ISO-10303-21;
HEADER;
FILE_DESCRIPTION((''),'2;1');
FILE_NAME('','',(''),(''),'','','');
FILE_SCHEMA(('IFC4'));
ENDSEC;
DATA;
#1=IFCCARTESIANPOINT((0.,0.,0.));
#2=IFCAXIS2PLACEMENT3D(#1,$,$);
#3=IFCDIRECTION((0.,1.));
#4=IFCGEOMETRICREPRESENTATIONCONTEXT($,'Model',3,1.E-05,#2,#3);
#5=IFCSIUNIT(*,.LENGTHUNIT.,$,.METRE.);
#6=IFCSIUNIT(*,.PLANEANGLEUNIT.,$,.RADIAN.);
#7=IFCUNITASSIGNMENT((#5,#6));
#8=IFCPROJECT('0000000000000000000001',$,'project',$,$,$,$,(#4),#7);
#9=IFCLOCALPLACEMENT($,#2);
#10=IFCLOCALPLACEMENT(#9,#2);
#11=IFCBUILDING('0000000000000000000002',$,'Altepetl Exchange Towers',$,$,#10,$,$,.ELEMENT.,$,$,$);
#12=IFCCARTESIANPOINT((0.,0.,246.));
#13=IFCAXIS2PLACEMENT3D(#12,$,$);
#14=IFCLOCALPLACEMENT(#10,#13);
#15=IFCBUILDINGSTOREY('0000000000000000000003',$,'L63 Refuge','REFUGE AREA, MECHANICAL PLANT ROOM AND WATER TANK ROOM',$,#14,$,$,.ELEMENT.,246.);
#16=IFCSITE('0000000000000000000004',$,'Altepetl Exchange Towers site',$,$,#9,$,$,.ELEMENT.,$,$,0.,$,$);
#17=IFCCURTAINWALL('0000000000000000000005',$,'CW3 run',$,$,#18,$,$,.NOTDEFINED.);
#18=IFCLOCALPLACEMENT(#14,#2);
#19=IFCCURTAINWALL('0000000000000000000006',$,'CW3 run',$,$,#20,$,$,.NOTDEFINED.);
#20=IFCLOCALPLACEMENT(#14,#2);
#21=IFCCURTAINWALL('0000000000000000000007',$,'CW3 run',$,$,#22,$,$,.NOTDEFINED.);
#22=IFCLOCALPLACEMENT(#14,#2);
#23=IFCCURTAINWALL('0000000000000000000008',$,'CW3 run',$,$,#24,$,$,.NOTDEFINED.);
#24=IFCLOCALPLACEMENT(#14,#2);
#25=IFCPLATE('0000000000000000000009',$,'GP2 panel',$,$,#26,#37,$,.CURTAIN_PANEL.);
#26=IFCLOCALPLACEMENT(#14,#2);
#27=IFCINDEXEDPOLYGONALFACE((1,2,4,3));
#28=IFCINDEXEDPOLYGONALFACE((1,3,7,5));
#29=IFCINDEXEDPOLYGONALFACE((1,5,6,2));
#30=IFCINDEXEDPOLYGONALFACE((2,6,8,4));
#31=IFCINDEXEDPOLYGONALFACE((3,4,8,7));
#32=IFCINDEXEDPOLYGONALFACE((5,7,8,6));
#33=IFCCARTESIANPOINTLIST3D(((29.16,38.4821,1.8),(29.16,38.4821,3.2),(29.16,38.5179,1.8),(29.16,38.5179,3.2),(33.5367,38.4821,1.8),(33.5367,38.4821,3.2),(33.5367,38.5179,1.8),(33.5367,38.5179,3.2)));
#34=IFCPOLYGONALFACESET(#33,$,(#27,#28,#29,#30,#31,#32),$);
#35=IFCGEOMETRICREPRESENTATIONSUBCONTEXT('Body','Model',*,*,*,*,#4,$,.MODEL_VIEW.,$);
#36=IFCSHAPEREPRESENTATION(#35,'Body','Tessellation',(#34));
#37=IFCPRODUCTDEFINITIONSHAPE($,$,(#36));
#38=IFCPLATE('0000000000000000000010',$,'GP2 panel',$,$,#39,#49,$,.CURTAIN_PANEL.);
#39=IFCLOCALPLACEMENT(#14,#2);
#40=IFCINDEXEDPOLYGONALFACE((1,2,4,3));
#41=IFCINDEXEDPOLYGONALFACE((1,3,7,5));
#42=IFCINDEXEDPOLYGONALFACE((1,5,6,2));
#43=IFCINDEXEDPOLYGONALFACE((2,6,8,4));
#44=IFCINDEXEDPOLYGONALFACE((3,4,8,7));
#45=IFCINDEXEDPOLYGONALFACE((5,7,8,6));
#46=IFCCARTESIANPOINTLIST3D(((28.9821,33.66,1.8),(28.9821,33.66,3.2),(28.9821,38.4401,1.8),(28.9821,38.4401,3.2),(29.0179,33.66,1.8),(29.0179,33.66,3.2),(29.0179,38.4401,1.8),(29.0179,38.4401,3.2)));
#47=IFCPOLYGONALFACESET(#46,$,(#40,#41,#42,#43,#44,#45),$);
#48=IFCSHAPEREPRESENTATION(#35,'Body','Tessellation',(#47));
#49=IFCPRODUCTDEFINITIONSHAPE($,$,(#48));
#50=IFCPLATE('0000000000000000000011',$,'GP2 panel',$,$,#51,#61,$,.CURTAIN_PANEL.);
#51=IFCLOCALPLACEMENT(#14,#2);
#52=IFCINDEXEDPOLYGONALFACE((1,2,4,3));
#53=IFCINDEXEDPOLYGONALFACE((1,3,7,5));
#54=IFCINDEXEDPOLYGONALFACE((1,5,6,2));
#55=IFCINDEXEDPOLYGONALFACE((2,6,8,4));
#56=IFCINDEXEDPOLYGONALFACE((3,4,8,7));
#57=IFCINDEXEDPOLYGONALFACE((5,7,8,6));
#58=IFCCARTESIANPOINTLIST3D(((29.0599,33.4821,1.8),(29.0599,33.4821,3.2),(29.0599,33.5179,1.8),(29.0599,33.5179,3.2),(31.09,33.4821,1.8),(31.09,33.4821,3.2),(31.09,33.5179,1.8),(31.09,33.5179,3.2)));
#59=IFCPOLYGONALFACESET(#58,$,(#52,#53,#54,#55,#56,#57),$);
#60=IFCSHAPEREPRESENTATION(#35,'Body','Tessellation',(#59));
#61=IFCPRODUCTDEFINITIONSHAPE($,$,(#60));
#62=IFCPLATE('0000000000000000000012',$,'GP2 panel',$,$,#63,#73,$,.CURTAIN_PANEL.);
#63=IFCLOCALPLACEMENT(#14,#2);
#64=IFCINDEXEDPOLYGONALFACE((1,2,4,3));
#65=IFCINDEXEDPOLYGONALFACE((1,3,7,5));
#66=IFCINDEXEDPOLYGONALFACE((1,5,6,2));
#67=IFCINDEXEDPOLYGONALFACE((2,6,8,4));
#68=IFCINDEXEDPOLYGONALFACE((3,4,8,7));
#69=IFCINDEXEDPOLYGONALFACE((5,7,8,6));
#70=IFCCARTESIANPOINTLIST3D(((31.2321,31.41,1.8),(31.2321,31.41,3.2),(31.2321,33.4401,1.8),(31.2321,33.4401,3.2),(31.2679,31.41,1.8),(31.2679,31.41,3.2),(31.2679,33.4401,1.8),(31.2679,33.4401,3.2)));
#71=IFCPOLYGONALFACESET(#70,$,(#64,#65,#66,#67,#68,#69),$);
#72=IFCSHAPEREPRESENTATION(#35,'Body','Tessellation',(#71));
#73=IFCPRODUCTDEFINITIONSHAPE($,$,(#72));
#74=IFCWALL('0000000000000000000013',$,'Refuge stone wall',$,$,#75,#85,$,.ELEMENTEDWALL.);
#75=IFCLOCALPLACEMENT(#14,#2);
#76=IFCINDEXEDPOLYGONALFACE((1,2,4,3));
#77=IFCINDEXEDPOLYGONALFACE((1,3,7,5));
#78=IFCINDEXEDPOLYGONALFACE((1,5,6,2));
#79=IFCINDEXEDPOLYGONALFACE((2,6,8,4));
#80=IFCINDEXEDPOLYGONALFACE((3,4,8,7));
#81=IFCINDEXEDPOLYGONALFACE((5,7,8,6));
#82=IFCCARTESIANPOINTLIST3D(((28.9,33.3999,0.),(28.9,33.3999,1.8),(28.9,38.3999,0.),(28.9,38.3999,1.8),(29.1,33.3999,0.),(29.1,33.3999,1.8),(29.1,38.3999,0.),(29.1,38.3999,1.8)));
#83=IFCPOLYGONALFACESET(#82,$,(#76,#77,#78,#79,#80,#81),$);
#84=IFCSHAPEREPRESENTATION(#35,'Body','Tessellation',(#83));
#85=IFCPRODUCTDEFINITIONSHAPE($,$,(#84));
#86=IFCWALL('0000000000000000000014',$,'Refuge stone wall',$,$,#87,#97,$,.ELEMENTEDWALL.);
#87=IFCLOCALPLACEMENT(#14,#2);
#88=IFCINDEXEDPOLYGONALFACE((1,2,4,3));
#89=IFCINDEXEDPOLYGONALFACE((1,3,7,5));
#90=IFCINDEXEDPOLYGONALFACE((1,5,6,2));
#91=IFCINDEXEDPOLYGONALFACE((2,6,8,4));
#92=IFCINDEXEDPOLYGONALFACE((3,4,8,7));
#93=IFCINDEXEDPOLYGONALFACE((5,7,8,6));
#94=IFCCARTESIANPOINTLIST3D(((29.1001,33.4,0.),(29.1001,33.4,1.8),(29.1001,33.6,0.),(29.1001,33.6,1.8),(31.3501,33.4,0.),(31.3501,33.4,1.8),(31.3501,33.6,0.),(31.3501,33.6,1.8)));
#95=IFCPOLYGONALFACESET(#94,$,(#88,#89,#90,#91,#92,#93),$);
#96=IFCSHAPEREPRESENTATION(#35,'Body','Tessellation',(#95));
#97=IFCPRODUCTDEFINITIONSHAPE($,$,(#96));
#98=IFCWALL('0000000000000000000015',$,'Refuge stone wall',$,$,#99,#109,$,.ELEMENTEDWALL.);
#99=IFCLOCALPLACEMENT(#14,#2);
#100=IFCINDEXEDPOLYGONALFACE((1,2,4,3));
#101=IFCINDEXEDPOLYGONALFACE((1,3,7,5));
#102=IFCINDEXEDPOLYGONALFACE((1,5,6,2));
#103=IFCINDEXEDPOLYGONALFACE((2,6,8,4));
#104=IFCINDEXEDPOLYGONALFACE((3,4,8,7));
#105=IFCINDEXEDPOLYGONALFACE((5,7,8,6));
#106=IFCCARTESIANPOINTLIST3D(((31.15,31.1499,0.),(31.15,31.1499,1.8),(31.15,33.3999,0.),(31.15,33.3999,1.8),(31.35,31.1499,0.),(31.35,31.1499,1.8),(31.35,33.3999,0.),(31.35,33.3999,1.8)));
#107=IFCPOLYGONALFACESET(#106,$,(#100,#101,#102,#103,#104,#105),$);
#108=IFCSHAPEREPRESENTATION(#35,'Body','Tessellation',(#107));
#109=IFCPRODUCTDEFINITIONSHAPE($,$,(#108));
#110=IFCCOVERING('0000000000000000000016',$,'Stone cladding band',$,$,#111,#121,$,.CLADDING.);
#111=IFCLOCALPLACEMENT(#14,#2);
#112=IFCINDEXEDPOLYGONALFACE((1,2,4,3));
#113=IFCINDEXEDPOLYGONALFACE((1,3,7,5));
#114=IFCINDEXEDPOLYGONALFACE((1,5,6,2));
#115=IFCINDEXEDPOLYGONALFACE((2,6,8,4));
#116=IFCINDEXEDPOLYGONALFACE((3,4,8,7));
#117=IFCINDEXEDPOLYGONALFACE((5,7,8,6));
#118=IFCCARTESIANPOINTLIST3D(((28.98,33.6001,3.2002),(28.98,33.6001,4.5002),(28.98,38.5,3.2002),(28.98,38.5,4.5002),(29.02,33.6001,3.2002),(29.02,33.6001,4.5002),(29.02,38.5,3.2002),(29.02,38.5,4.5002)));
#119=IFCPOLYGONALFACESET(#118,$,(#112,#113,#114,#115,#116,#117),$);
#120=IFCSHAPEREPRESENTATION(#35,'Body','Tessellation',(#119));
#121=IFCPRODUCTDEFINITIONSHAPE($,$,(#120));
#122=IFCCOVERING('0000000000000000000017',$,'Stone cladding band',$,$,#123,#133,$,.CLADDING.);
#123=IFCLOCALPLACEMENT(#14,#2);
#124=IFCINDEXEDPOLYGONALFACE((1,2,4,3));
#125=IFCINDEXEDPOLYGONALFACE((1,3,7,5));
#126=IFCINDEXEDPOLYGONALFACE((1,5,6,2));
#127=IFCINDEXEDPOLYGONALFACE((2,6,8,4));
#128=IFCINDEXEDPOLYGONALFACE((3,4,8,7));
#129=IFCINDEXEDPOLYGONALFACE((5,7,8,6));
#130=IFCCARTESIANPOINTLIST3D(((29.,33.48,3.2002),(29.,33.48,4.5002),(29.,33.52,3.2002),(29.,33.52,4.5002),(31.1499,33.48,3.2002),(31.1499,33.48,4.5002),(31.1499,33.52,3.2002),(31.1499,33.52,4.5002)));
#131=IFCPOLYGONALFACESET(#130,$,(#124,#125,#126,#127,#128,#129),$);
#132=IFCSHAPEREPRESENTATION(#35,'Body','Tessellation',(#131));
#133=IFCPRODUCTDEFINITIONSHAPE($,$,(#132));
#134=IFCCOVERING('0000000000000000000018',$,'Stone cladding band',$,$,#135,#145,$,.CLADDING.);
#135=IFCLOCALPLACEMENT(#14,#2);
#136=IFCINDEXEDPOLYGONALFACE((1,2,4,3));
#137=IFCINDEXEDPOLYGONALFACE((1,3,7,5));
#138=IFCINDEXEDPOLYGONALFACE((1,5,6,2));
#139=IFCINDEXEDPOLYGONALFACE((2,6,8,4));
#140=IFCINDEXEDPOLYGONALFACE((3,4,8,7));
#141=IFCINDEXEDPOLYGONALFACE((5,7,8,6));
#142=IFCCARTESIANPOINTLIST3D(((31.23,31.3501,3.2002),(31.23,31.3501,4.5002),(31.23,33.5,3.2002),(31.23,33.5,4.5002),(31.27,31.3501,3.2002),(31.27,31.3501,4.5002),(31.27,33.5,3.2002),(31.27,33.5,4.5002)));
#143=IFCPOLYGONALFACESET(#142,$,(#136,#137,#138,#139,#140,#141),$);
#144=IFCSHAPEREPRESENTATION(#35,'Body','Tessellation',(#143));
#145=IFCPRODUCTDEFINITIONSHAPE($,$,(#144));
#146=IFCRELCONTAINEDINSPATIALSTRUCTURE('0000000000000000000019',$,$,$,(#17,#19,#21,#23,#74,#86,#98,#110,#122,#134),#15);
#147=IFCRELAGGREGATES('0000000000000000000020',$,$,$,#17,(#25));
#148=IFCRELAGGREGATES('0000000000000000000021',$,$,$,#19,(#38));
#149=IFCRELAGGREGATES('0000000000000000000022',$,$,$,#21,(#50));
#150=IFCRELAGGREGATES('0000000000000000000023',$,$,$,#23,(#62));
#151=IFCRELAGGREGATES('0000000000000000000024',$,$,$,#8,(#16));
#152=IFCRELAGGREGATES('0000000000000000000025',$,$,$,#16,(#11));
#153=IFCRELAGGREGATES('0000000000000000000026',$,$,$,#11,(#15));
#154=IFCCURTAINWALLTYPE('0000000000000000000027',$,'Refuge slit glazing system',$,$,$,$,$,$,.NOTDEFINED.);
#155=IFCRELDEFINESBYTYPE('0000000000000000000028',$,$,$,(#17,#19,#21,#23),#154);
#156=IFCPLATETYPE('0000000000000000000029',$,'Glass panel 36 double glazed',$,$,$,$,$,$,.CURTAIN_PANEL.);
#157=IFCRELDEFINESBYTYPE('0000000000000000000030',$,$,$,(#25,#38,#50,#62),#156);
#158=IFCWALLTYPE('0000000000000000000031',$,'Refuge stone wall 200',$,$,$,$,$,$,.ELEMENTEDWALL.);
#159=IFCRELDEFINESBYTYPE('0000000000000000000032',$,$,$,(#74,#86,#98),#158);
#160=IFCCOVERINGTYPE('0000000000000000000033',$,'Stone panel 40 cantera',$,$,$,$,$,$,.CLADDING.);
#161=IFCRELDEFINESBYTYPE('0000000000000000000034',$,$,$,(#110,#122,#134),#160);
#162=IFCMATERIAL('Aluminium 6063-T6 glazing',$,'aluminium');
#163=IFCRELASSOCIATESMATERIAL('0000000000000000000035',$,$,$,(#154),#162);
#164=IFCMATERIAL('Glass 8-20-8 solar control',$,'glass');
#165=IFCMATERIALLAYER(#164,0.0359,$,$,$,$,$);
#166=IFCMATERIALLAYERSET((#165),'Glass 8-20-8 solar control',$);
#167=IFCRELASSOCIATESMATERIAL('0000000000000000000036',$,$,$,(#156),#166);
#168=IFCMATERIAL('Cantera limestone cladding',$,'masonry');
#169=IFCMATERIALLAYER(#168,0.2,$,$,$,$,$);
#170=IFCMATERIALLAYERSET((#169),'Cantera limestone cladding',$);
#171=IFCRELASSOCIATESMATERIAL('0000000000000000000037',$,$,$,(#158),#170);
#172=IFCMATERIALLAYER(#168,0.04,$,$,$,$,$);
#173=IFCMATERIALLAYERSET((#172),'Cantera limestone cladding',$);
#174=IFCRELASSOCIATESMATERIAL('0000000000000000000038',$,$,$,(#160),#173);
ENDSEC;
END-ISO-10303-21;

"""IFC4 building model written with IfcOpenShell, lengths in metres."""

from ifc_helpers import new_model, si_unit, direction, frame, frame_2d, origin, origin_2d, place, context, subcontext, project, spatial, rectangle, extrude, material, layer, layer_set, type_object, element, aggregate, save


model = new_model("IFC4")

# Units and contexts
model_context = context("Model", 3, precision=1e-05, world=origin(), true_north=direction((0.0, 1.0)))
body_context = subcontext(model_context, "Body", "Model", "MODEL_VIEW")
ifc_project = project(units=[si_unit("LENGTHUNIT", "METRE"), si_unit("PLANEANGLEUNIT", "RADIAN")], contexts=[model_context])

# Site, building, storey
site_placement = place(None, origin())
site = spatial("IfcSite", under=ifc_project, at=site_placement, Name="Altepetl Exchange Towers site", CompositionType="ELEMENT", RefElevation=0.0)
building_placement = place(site_placement, origin())
building = spatial("IfcBuilding", under=site, at=building_placement, Name="Altepetl Exchange Towers", CompositionType="ELEMENT")
storey_placement = place(building_placement, frame((0.0, 0.0, 246.0)))
storey = spatial("IfcBuildingStorey", under=building, at=storey_placement, Name="L63 Refuge", Description="REFUGE AREA, MECHANICAL PLANT ROOM AND WATER TANK ROOM", CompositionType="ELEMENT", Elevation=246.0)

# Curtain wall
ifc_material_1 = material(Name="Aluminium 6063-T6 glazing", Category="aluminium")
curtain_wall_type = type_object("IfcCurtainWallType", Name="Refuge slit glazing system", PredefinedType="NOTDEFINED", material=ifc_material_1)
curtain_wall_1_placement = place(storey_placement, origin())
curtain_wall_1 = element("IfcCurtainWall", 1, at=curtain_wall_1_placement, inside=storey, type_object=curtain_wall_type, Name="CW3 run", PredefinedType="NOTDEFINED")

# Curtain walls
curtain_wall_2_placement = place(storey_placement, origin())
curtain_wall_2 = element("IfcCurtainWall", 2, at=curtain_wall_2_placement, inside=storey, type_object=curtain_wall_type, Name="CW3 run", PredefinedType="NOTDEFINED")
curtain_wall_3_placement = place(storey_placement, origin())
curtain_wall_3 = element("IfcCurtainWall", 3, at=curtain_wall_3_placement, inside=storey, type_object=curtain_wall_type, Name="CW3 run", PredefinedType="NOTDEFINED")
curtain_wall_4_placement = place(storey_placement, origin())
curtain_wall_4 = element("IfcCurtainWall", 4, at=curtain_wall_4_placement, inside=storey, type_object=curtain_wall_type, Name="CW3 run", PredefinedType="NOTDEFINED")

# Plates
ifc_material_2 = material(Name="Glass 8-20-8 solar control", Category="glass")
ifc_layer_1 = layer(ifc_material_2, 0.0359)
ifc_layer_set_1 = layer_set([ifc_layer_1], Name="Glass 8-20-8 solar control")
plate_type = type_object("IfcPlateType", Name="Glass panel 36 double glazed", PredefinedType="CURTAIN_PANEL", material=ifc_layer_set_1)
plate_1_placement = place(storey_placement, frame((31.3484, 38.5, 1.8), z_axis=(0.0, 0.0, 1.0), x_axis=(-1.0, 0.0, 0.0)))
plate_1 = element("IfcPlate", 5, at=plate_1_placement, type_object=plate_type, Name="GP2 panel", PredefinedType="CURTAIN_PANEL", context=body_context, shape_type="SweptSolid", body=[
    extrude(rectangle(XDim=4.3767, YDim=0.0359, at=origin_2d()), origin(), (0.0, 0.0, 1.0), 1.3999),
])
aggregate(curtain_wall_1, [plate_1])
plate_2_placement = place(storey_placement, frame((29.0, 36.05, 1.8), z_axis=(0.0, 0.0, 1.0), x_axis=(0.0, -1.0, 0.0)))
plate_2 = element("IfcPlate", 6, at=plate_2_placement, type_object=plate_type, Name="GP2 panel", PredefinedType="CURTAIN_PANEL", context=body_context, shape_type="SweptSolid", body=[
    extrude(rectangle(XDim=4.78, YDim=0.0359, at=origin_2d()), origin(), (0.0, 0.0, 1.0), 1.3999),
])
aggregate(curtain_wall_2, [plate_2])
plate_3_placement = place(storey_placement, frame((30.075, 33.5, 1.8)))
plate_3 = element("IfcPlate", 7, at=plate_3_placement, type_object=plate_type, Name="GP2 panel", PredefinedType="CURTAIN_PANEL", context=body_context, shape_type="SweptSolid", body=[
    extrude(rectangle(XDim=2.03, YDim=0.0359, at=origin_2d()), origin(), (0.0, 0.0, 1.0), 1.3999),
])
aggregate(curtain_wall_3, [plate_3])
plate_4_placement = place(storey_placement, frame((31.25, 32.425, 1.8), z_axis=(0.0, 0.0, 1.0), x_axis=(0.0, -1.0, 0.0)))
plate_4 = element("IfcPlate", 8, at=plate_4_placement, type_object=plate_type, Name="GP2 panel", PredefinedType="CURTAIN_PANEL", context=body_context, shape_type="SweptSolid", body=[
    extrude(rectangle(XDim=2.03, YDim=0.0359, at=origin_2d()), origin(), (0.0, 0.0, 1.0), 1.3999),
])
aggregate(curtain_wall_4, [plate_4])

# Walls
ifc_material_3 = material(Name="Cantera limestone cladding", Category="masonry")
ifc_layer_2 = layer(ifc_material_3, 0.2)
ifc_layer_set_2 = layer_set([ifc_layer_2], Name="Cantera limestone cladding")
wall_type = type_object("IfcWallType", Name="Refuge stone wall 200", PredefinedType="ELEMENTEDWALL", material=ifc_layer_set_2)
wall_1_placement = place(storey_placement, frame((29.0, 38.3999, 0.0), z_axis=(0.0, 0.0, 1.0), x_axis=(0.0, -1.0, 0.0)))
element("IfcWall", 9, at=wall_1_placement, inside=storey, type_object=wall_type, Name="Refuge stone wall", PredefinedType="ELEMENTEDWALL", context=body_context, shape_type="SweptSolid", body=[
    extrude(rectangle(XDim=5.0, YDim=0.2, at=frame_2d((2.5, 0.0))), origin(), (0.0, 0.0, 1.0), 1.8),
])
wall_2_placement = place(storey_placement, frame((29.1001, 33.5, 0.0)))
element("IfcWall", 10, at=wall_2_placement, inside=storey, type_object=wall_type, Name="Refuge stone wall", PredefinedType="ELEMENTEDWALL", context=body_context, shape_type="SweptSolid", body=[
    extrude(rectangle(XDim=2.25, YDim=0.2, at=frame_2d((1.125, 0.0))), origin(), (0.0, 0.0, 1.0), 1.8),
])
wall_3_placement = place(storey_placement, frame((31.25, 33.3999, 0.0), z_axis=(0.0, 0.0, 1.0), x_axis=(0.0, -1.0, 0.0)))
element("IfcWall", 11, at=wall_3_placement, inside=storey, type_object=wall_type, Name="Refuge stone wall", PredefinedType="ELEMENTEDWALL", context=body_context, shape_type="SweptSolid", body=[
    extrude(rectangle(XDim=2.25, YDim=0.2, at=frame_2d((1.125, 0.0))), origin(), (0.0, 0.0, 1.0), 1.8),
])

# Coverings
ifc_layer_3 = layer(ifc_material_3, 0.04)
ifc_layer_set_3 = layer_set([ifc_layer_3], Name="Cantera limestone cladding")
covering_type = type_object("IfcCoveringType", Name="Stone panel 40 cantera", PredefinedType="CLADDING", material=ifc_layer_set_3)
covering_1_placement = place(storey_placement, frame((29.0, 36.05, 3.2002), z_axis=(0.0, 0.0, 1.0), x_axis=(0.0, -1.0, 0.0)))
element("IfcCovering", 12, at=covering_1_placement, inside=storey, type_object=covering_type, Name="Stone cladding band", PredefinedType="CLADDING", context=body_context, shape_type="SweptSolid", body=[
    extrude(rectangle(XDim=4.8999, YDim=0.04, at=origin_2d()), origin(), (0.0, 0.0, 1.0), 1.3),
])
covering_2_placement = place(storey_placement, frame((30.075, 33.5, 3.2002)))
element("IfcCovering", 13, at=covering_2_placement, inside=storey, type_object=covering_type, Name="Stone cladding band", PredefinedType="CLADDING", context=body_context, shape_type="SweptSolid", body=[
    extrude(rectangle(XDim=2.1499, YDim=0.04, at=origin_2d()), origin(), (0.0, 0.0, 1.0), 1.3),
])
covering_3_placement = place(storey_placement, frame((31.25, 32.425, 3.2002), z_axis=(0.0, 0.0, 1.0), x_axis=(0.0, -1.0, 0.0)))
element("IfcCovering", 14, at=covering_3_placement, inside=storey, type_object=covering_type, Name="Stone cladding band", PredefinedType="CLADDING", context=body_context, shape_type="SweptSolid", body=[
    extrude(rectangle(XDim=2.1499, YDim=0.04, at=origin_2d()), origin(), (0.0, 0.0, 1.0), 1.3),
])

save(model, "model.ifc")
